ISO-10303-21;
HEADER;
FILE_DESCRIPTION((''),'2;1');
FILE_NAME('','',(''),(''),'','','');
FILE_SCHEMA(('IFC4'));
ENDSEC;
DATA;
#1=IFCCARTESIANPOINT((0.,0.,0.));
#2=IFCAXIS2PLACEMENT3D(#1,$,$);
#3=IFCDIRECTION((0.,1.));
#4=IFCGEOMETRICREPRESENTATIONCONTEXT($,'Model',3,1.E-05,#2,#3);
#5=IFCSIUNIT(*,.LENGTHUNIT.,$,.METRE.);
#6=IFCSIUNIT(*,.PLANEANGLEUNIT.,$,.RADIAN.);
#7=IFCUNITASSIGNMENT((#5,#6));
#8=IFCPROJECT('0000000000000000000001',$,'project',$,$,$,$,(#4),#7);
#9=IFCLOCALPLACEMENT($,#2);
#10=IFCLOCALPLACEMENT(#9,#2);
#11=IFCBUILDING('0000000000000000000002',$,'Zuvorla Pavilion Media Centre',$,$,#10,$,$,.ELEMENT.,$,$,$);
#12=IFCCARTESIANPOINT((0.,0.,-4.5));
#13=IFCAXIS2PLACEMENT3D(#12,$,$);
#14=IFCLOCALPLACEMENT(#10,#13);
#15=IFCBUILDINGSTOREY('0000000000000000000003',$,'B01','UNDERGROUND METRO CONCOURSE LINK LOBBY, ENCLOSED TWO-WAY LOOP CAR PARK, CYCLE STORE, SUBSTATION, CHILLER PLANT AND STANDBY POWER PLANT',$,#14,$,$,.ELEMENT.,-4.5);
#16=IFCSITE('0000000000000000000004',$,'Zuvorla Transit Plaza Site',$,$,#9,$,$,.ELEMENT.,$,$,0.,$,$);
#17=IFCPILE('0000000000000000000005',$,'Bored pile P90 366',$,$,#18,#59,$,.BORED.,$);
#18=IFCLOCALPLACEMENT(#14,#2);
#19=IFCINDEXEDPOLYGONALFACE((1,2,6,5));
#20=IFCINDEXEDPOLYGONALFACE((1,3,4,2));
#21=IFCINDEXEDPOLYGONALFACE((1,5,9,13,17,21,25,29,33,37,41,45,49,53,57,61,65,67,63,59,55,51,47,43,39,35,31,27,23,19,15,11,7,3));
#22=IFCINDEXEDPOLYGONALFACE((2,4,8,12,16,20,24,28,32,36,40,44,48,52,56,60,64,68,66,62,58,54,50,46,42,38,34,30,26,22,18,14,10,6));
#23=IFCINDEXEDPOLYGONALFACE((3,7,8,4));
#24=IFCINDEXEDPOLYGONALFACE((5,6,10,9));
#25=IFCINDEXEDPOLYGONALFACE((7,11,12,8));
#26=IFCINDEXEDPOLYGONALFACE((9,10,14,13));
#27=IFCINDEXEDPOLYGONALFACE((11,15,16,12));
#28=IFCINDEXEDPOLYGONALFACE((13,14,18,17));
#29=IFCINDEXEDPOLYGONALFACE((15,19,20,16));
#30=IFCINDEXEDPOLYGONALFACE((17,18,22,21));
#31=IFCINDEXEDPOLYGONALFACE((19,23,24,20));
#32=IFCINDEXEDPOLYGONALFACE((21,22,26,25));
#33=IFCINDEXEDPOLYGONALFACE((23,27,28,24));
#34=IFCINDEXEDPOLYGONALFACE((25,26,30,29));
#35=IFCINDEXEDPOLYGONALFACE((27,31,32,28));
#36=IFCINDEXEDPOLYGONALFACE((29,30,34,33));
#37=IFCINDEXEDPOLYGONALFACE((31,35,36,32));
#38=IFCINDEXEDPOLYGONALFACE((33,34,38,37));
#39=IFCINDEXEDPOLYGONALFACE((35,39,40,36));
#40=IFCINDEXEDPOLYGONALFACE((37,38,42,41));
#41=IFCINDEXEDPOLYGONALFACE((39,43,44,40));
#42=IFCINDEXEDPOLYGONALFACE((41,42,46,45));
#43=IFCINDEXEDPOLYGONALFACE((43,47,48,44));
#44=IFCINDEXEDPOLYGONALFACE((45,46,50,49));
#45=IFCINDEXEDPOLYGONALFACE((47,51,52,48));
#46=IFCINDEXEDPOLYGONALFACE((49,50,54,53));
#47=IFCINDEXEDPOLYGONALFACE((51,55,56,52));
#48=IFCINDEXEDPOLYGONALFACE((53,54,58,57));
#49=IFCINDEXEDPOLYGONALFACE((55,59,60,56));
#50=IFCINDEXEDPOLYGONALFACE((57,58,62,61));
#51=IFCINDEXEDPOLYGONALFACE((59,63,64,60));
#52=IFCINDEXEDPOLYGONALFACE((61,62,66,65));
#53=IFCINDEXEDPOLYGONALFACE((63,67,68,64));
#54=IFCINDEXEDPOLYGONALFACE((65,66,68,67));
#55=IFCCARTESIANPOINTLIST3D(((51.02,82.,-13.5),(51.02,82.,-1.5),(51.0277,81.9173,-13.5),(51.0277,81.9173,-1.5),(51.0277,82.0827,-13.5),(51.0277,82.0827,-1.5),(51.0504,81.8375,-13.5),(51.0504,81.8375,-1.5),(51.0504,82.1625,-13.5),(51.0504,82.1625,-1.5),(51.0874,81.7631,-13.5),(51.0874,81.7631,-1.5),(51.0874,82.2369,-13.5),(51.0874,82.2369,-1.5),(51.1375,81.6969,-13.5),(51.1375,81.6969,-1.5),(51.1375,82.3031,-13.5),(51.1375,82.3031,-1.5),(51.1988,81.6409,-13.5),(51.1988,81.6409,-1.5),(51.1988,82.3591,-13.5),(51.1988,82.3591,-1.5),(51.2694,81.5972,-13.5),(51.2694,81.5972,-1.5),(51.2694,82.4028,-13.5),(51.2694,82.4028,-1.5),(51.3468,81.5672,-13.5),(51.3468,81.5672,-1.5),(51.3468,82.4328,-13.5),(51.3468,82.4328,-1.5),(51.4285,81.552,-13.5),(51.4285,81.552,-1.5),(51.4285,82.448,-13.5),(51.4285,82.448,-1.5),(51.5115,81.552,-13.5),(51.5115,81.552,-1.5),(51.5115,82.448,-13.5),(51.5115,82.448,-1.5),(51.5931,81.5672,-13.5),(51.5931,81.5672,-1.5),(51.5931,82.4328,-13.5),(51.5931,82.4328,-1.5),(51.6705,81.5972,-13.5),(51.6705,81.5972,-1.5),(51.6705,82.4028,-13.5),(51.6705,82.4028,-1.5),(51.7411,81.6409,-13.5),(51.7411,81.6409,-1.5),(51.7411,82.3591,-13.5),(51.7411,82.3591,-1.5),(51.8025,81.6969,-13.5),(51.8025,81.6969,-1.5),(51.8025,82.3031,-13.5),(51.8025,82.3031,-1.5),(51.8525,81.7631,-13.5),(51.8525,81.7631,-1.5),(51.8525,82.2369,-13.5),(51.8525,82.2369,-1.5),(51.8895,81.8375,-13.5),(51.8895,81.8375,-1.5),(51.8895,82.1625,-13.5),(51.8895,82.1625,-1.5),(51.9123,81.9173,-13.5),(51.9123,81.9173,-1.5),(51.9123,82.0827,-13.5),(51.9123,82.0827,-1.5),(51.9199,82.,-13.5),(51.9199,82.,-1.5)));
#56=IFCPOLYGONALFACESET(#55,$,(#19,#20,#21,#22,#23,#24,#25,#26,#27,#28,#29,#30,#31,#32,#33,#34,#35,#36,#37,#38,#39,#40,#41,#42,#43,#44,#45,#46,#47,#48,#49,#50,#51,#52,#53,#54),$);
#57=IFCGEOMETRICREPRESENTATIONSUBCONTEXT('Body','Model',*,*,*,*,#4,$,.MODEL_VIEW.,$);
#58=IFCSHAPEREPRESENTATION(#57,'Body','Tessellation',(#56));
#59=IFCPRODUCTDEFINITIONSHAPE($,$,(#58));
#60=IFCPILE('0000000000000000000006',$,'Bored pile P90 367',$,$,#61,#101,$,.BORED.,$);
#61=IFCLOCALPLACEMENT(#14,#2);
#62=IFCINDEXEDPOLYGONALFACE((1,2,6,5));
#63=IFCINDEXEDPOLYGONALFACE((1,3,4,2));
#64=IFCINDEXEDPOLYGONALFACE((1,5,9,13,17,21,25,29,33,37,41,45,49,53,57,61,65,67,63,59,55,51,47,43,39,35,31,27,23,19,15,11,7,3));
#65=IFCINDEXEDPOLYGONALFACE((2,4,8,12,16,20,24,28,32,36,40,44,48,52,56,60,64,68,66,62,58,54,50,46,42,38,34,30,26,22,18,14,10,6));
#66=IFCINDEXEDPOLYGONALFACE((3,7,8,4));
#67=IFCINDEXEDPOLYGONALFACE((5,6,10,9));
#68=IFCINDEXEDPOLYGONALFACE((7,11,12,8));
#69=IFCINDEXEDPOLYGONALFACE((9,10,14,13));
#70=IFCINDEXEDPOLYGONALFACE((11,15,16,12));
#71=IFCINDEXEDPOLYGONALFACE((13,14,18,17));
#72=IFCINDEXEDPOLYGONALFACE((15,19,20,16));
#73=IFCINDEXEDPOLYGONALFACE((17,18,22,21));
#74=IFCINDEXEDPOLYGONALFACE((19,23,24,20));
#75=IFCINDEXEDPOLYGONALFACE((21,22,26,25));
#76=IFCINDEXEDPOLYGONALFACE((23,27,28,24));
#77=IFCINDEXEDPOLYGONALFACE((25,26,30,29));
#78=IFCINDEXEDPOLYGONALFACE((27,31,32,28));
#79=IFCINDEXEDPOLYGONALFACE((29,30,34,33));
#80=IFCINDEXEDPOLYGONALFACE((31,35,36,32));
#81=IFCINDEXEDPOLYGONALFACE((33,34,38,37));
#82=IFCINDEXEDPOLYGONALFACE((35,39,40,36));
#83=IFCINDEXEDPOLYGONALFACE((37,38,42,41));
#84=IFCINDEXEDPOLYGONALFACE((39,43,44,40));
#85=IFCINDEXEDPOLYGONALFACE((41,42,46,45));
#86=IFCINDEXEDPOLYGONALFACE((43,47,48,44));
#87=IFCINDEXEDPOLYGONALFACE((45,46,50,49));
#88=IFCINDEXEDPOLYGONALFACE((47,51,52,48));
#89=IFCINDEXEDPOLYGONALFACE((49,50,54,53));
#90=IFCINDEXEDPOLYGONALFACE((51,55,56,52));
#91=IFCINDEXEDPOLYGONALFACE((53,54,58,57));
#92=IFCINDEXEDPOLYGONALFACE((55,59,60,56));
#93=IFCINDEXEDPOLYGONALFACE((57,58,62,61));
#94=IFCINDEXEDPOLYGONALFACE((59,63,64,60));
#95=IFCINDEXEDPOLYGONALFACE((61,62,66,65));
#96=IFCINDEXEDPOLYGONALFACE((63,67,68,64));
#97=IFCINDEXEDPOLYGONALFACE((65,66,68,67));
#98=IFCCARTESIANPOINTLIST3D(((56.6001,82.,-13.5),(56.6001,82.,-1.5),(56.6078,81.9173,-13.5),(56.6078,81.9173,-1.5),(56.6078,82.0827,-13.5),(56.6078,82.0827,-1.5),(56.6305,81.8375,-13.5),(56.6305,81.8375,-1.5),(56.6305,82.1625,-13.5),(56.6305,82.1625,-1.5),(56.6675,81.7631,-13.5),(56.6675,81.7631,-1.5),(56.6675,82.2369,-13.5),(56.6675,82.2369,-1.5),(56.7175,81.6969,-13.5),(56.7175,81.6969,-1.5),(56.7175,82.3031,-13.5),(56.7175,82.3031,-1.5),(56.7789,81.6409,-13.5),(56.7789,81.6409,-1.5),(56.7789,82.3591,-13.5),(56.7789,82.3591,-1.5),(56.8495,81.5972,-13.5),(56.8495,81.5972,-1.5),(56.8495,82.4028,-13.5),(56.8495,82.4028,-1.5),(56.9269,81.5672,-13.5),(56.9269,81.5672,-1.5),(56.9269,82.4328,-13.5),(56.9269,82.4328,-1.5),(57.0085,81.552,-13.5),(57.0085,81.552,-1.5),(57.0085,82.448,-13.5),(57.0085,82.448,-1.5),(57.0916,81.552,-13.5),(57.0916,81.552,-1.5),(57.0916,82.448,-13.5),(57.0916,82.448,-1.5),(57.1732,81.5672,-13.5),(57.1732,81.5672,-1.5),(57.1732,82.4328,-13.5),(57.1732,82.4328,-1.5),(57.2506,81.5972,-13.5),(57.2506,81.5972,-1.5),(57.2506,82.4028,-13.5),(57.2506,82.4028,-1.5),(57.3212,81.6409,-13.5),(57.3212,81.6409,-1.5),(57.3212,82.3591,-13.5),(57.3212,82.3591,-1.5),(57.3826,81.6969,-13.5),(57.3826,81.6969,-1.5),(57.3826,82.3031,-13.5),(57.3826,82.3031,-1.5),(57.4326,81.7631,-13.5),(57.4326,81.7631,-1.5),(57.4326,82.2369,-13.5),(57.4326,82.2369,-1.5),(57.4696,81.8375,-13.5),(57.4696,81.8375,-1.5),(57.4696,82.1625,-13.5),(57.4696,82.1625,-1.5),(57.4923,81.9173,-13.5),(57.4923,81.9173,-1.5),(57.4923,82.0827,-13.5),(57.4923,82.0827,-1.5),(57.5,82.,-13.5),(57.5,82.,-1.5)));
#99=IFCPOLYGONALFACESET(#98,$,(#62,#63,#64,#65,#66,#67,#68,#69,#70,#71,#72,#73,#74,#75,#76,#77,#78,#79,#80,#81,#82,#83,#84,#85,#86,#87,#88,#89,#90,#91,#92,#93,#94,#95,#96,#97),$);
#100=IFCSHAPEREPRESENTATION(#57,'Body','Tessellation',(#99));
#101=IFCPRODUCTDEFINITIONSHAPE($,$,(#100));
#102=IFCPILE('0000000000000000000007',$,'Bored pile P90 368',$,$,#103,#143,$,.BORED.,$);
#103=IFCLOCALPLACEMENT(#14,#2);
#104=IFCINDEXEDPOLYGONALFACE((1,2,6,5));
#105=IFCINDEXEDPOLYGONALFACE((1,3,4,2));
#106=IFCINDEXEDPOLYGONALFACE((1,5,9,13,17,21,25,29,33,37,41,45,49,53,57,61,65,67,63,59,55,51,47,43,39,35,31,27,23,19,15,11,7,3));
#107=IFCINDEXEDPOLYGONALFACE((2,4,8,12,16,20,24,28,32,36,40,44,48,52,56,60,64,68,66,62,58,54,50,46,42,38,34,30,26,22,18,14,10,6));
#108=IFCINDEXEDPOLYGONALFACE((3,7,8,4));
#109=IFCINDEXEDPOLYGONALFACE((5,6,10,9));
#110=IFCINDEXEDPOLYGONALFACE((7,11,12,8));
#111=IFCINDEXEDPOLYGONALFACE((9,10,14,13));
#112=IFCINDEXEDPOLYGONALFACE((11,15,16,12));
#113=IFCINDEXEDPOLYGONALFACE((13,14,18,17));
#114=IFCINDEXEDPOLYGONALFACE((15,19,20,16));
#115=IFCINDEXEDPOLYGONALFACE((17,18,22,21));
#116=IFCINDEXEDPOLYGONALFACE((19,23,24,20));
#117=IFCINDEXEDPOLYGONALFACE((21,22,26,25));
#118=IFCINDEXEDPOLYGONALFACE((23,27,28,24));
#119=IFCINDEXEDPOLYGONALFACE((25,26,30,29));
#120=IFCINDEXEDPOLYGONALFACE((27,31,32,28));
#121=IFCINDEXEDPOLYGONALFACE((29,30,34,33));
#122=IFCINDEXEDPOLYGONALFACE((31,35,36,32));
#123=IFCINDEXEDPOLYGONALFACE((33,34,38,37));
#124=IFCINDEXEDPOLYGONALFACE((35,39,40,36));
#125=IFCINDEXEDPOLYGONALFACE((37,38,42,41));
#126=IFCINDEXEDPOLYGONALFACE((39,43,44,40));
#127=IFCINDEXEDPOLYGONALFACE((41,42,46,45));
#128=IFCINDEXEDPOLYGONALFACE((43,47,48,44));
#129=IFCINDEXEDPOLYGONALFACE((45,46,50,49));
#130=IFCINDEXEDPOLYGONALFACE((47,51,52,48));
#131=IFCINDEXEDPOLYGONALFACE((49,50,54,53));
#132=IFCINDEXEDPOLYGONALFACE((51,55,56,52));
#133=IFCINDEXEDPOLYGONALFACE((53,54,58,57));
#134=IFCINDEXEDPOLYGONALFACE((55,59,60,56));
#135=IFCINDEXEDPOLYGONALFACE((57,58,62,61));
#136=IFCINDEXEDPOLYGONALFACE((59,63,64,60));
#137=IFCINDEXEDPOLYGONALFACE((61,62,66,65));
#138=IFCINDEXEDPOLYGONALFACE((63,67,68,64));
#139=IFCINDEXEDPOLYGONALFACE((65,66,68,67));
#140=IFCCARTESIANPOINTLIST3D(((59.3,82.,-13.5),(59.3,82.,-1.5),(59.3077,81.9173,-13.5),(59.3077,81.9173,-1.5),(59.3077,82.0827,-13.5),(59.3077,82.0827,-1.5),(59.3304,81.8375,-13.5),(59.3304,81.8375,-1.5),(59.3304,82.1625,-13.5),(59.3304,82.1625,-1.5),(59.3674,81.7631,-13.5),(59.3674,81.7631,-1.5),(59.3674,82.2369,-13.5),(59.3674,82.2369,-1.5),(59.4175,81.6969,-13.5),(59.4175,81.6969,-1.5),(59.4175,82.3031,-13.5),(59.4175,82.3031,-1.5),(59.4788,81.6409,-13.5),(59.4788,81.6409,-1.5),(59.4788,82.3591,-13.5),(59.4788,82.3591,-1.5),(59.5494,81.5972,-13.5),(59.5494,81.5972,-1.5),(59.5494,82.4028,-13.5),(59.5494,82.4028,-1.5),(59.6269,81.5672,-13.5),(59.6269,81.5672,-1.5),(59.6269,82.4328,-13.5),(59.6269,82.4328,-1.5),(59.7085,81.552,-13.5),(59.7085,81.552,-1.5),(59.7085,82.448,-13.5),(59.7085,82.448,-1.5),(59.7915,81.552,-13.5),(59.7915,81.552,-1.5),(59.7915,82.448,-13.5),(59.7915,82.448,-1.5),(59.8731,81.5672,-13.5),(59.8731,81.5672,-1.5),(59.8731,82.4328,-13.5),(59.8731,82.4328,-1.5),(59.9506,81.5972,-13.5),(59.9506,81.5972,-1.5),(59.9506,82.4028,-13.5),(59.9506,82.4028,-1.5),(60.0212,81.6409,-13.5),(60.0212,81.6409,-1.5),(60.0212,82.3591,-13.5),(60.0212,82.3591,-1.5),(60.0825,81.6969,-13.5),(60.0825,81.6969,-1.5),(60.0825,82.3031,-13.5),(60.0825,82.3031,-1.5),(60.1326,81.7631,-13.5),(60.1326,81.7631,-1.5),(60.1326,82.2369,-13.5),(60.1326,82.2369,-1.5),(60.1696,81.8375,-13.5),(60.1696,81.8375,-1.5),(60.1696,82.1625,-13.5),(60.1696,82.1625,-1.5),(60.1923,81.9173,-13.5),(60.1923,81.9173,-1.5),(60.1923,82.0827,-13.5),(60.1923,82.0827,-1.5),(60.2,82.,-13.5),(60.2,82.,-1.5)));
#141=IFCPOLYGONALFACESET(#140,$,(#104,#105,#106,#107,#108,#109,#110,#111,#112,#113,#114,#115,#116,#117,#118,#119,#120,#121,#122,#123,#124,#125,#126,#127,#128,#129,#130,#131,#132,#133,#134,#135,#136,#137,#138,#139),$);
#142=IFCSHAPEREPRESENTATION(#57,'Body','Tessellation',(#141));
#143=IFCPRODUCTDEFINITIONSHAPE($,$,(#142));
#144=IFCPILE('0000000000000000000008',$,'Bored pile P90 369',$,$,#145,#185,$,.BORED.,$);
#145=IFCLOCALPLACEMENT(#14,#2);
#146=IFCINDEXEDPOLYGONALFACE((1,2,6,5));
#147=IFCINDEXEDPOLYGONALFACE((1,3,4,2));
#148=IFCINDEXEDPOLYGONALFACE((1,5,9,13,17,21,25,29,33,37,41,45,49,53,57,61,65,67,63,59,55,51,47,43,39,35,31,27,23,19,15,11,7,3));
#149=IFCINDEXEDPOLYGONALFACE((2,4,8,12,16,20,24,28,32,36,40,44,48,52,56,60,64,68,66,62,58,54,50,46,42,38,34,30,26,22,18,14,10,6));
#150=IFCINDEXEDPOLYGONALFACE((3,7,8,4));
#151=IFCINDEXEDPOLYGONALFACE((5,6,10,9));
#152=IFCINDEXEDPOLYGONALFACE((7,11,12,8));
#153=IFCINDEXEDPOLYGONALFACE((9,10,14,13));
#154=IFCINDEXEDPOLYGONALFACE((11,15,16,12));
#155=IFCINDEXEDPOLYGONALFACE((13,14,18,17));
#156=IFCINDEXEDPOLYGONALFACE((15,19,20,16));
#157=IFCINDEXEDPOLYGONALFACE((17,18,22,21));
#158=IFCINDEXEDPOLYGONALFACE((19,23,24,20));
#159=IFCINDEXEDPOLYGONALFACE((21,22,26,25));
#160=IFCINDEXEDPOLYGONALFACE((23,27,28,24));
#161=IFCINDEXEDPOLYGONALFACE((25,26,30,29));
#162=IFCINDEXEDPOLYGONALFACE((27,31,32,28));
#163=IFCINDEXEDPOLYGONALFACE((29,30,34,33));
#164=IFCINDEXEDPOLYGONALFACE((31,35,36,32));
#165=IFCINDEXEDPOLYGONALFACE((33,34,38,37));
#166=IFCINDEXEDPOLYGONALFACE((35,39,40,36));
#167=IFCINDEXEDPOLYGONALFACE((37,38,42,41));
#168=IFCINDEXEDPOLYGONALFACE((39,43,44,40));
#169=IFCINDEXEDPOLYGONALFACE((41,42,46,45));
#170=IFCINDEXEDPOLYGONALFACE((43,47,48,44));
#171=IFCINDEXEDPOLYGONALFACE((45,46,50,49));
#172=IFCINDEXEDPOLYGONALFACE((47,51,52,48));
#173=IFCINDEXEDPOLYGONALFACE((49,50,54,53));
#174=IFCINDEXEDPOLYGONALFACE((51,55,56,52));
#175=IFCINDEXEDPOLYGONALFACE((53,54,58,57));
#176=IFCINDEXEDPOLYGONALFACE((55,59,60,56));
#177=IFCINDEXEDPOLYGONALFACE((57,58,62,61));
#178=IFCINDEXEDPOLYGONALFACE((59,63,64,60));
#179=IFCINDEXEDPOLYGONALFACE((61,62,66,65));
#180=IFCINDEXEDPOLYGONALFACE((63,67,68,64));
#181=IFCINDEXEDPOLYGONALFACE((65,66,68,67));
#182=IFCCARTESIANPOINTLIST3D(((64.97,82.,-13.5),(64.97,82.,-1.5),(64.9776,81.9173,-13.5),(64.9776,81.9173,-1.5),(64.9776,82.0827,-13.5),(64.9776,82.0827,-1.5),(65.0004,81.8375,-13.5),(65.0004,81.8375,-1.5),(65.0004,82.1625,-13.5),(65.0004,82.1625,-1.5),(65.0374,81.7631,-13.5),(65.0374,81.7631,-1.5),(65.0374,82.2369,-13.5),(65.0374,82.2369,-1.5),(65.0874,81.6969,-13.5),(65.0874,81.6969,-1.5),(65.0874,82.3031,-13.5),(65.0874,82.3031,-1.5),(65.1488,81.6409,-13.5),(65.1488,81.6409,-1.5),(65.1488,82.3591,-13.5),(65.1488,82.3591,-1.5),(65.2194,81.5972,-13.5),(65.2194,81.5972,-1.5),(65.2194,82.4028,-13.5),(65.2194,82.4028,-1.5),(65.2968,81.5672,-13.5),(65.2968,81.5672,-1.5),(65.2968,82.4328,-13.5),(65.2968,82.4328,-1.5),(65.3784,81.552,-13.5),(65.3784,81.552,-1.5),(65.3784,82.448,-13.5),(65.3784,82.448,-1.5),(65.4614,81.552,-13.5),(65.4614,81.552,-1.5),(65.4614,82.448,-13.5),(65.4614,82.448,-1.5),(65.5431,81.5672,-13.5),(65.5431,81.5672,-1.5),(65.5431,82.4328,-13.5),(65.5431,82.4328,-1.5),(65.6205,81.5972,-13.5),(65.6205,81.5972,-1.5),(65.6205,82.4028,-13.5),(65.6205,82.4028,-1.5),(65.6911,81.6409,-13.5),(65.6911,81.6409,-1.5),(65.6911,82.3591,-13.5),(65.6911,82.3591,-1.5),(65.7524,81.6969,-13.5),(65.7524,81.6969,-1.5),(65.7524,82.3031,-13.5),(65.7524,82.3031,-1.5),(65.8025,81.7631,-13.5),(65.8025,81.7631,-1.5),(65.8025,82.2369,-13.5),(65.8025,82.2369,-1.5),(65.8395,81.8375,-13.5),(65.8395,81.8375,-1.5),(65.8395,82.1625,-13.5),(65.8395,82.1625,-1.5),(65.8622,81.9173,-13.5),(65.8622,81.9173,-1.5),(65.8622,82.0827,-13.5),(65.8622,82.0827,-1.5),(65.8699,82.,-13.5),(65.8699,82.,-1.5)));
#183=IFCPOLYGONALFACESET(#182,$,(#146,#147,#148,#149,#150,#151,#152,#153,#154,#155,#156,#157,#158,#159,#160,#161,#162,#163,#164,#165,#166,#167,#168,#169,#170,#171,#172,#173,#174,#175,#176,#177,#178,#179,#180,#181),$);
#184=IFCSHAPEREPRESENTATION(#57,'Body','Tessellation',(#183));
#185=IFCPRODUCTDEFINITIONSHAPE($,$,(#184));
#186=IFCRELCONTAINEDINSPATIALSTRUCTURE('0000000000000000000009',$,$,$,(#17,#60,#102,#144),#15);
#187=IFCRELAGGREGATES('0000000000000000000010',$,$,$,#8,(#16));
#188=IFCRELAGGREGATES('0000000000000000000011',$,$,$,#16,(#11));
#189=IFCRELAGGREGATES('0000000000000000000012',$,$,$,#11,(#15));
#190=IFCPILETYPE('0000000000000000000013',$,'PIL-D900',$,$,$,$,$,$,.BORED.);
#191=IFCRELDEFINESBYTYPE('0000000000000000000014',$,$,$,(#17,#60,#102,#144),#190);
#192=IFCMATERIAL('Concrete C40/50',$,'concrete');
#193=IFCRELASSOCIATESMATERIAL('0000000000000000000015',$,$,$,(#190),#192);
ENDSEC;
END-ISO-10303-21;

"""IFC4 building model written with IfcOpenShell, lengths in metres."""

from ifc_helpers import new_model, si_unit, direction, frame, origin, origin_2d, place, context, subcontext, project, spatial, circle, extrude, material, material_profile, profile_set, type_object, element, save


model = new_model("IFC4")

# Units and contexts
model_context = context("Model", 3, precision=1e-05, world=origin(), true_north=direction((0.0, 1.0)))
body_context = subcontext(model_context, "Body", "Model", "MODEL_VIEW")
ifc_project = project(units=[si_unit("LENGTHUNIT", "METRE"), si_unit("PLANEANGLEUNIT", "RADIAN")], contexts=[model_context])

# Site, building, storey
site_placement = place(None, origin())
site = spatial("IfcSite", under=ifc_project, at=site_placement, Name="Zuvorla Transit Plaza Site", CompositionType="ELEMENT", RefElevation=0.0)
building_placement = place(site_placement, origin())
building = spatial("IfcBuilding", under=site, at=building_placement, Name="Zuvorla Pavilion Media Centre", CompositionType="ELEMENT")
storey_placement = place(building_placement, frame((0.0, 0.0, -4.5)))
storey = spatial("IfcBuildingStorey", under=building, at=storey_placement, Name="B01", Description="UNDERGROUND METRO CONCOURSE LINK LOBBY, ENCLOSED TWO-WAY LOOP CAR PARK, CYCLE STORE, SUBSTATION, CHILLER PLANT AND STANDBY POWER PLANT", CompositionType="ELEMENT", Elevation=-4.5)

# Shared definitions
ifc_material = material(Name="Concrete C40/50", Category="concrete")

# Piles
ifc_material_profile_1 = material_profile(ifc_material, circle(Radius=0.45, at=origin_2d()), Name="BORED PILE 900")
ifc_profile_set_1 = profile_set([ifc_material_profile_1], Name="Concrete C40/50")
pile_type_1 = type_object("IfcPileType", Name="PIL-D900", PredefinedType="BORED", material=ifc_profile_set_1)
for number, where, z_axis, x_axis, name in (
    (1, (51.47, 82.0, -1.5), (0.0, 0.0, -1.0), (1.0, 0.0, 0.0), "Bored pile P90 366"),
    (2, (57.05, 82.0, -1.5), (0.0, 0.0, -1.0), (1.0, 0.0, 0.0), "Bored pile P90 367"),
    (3, (59.75, 82.0, -1.5), (0.0, 0.0, -1.0), (1.0, 0.0, 0.0), "Bored pile P90 368"),
    (4, (65.4199, 82.0, -1.5), (0.0, 0.0, -1.0), (1.0, 0.0, 0.0), "Bored pile P90 369"),
):
    element("IfcPile", number, at=place(storey_placement, frame(where, z_axis=z_axis, x_axis=x_axis)), inside=storey, type_object=pile_type_1, Name=name, PredefinedType="BORED", context=body_context, shape_type="SweptSolid", body=[
        extrude(circle(Radius=0.45, at=origin_2d()), origin(), (0.0, 0.0, 1.0), 12.0),
    ])

save(model, "model.ifc")
